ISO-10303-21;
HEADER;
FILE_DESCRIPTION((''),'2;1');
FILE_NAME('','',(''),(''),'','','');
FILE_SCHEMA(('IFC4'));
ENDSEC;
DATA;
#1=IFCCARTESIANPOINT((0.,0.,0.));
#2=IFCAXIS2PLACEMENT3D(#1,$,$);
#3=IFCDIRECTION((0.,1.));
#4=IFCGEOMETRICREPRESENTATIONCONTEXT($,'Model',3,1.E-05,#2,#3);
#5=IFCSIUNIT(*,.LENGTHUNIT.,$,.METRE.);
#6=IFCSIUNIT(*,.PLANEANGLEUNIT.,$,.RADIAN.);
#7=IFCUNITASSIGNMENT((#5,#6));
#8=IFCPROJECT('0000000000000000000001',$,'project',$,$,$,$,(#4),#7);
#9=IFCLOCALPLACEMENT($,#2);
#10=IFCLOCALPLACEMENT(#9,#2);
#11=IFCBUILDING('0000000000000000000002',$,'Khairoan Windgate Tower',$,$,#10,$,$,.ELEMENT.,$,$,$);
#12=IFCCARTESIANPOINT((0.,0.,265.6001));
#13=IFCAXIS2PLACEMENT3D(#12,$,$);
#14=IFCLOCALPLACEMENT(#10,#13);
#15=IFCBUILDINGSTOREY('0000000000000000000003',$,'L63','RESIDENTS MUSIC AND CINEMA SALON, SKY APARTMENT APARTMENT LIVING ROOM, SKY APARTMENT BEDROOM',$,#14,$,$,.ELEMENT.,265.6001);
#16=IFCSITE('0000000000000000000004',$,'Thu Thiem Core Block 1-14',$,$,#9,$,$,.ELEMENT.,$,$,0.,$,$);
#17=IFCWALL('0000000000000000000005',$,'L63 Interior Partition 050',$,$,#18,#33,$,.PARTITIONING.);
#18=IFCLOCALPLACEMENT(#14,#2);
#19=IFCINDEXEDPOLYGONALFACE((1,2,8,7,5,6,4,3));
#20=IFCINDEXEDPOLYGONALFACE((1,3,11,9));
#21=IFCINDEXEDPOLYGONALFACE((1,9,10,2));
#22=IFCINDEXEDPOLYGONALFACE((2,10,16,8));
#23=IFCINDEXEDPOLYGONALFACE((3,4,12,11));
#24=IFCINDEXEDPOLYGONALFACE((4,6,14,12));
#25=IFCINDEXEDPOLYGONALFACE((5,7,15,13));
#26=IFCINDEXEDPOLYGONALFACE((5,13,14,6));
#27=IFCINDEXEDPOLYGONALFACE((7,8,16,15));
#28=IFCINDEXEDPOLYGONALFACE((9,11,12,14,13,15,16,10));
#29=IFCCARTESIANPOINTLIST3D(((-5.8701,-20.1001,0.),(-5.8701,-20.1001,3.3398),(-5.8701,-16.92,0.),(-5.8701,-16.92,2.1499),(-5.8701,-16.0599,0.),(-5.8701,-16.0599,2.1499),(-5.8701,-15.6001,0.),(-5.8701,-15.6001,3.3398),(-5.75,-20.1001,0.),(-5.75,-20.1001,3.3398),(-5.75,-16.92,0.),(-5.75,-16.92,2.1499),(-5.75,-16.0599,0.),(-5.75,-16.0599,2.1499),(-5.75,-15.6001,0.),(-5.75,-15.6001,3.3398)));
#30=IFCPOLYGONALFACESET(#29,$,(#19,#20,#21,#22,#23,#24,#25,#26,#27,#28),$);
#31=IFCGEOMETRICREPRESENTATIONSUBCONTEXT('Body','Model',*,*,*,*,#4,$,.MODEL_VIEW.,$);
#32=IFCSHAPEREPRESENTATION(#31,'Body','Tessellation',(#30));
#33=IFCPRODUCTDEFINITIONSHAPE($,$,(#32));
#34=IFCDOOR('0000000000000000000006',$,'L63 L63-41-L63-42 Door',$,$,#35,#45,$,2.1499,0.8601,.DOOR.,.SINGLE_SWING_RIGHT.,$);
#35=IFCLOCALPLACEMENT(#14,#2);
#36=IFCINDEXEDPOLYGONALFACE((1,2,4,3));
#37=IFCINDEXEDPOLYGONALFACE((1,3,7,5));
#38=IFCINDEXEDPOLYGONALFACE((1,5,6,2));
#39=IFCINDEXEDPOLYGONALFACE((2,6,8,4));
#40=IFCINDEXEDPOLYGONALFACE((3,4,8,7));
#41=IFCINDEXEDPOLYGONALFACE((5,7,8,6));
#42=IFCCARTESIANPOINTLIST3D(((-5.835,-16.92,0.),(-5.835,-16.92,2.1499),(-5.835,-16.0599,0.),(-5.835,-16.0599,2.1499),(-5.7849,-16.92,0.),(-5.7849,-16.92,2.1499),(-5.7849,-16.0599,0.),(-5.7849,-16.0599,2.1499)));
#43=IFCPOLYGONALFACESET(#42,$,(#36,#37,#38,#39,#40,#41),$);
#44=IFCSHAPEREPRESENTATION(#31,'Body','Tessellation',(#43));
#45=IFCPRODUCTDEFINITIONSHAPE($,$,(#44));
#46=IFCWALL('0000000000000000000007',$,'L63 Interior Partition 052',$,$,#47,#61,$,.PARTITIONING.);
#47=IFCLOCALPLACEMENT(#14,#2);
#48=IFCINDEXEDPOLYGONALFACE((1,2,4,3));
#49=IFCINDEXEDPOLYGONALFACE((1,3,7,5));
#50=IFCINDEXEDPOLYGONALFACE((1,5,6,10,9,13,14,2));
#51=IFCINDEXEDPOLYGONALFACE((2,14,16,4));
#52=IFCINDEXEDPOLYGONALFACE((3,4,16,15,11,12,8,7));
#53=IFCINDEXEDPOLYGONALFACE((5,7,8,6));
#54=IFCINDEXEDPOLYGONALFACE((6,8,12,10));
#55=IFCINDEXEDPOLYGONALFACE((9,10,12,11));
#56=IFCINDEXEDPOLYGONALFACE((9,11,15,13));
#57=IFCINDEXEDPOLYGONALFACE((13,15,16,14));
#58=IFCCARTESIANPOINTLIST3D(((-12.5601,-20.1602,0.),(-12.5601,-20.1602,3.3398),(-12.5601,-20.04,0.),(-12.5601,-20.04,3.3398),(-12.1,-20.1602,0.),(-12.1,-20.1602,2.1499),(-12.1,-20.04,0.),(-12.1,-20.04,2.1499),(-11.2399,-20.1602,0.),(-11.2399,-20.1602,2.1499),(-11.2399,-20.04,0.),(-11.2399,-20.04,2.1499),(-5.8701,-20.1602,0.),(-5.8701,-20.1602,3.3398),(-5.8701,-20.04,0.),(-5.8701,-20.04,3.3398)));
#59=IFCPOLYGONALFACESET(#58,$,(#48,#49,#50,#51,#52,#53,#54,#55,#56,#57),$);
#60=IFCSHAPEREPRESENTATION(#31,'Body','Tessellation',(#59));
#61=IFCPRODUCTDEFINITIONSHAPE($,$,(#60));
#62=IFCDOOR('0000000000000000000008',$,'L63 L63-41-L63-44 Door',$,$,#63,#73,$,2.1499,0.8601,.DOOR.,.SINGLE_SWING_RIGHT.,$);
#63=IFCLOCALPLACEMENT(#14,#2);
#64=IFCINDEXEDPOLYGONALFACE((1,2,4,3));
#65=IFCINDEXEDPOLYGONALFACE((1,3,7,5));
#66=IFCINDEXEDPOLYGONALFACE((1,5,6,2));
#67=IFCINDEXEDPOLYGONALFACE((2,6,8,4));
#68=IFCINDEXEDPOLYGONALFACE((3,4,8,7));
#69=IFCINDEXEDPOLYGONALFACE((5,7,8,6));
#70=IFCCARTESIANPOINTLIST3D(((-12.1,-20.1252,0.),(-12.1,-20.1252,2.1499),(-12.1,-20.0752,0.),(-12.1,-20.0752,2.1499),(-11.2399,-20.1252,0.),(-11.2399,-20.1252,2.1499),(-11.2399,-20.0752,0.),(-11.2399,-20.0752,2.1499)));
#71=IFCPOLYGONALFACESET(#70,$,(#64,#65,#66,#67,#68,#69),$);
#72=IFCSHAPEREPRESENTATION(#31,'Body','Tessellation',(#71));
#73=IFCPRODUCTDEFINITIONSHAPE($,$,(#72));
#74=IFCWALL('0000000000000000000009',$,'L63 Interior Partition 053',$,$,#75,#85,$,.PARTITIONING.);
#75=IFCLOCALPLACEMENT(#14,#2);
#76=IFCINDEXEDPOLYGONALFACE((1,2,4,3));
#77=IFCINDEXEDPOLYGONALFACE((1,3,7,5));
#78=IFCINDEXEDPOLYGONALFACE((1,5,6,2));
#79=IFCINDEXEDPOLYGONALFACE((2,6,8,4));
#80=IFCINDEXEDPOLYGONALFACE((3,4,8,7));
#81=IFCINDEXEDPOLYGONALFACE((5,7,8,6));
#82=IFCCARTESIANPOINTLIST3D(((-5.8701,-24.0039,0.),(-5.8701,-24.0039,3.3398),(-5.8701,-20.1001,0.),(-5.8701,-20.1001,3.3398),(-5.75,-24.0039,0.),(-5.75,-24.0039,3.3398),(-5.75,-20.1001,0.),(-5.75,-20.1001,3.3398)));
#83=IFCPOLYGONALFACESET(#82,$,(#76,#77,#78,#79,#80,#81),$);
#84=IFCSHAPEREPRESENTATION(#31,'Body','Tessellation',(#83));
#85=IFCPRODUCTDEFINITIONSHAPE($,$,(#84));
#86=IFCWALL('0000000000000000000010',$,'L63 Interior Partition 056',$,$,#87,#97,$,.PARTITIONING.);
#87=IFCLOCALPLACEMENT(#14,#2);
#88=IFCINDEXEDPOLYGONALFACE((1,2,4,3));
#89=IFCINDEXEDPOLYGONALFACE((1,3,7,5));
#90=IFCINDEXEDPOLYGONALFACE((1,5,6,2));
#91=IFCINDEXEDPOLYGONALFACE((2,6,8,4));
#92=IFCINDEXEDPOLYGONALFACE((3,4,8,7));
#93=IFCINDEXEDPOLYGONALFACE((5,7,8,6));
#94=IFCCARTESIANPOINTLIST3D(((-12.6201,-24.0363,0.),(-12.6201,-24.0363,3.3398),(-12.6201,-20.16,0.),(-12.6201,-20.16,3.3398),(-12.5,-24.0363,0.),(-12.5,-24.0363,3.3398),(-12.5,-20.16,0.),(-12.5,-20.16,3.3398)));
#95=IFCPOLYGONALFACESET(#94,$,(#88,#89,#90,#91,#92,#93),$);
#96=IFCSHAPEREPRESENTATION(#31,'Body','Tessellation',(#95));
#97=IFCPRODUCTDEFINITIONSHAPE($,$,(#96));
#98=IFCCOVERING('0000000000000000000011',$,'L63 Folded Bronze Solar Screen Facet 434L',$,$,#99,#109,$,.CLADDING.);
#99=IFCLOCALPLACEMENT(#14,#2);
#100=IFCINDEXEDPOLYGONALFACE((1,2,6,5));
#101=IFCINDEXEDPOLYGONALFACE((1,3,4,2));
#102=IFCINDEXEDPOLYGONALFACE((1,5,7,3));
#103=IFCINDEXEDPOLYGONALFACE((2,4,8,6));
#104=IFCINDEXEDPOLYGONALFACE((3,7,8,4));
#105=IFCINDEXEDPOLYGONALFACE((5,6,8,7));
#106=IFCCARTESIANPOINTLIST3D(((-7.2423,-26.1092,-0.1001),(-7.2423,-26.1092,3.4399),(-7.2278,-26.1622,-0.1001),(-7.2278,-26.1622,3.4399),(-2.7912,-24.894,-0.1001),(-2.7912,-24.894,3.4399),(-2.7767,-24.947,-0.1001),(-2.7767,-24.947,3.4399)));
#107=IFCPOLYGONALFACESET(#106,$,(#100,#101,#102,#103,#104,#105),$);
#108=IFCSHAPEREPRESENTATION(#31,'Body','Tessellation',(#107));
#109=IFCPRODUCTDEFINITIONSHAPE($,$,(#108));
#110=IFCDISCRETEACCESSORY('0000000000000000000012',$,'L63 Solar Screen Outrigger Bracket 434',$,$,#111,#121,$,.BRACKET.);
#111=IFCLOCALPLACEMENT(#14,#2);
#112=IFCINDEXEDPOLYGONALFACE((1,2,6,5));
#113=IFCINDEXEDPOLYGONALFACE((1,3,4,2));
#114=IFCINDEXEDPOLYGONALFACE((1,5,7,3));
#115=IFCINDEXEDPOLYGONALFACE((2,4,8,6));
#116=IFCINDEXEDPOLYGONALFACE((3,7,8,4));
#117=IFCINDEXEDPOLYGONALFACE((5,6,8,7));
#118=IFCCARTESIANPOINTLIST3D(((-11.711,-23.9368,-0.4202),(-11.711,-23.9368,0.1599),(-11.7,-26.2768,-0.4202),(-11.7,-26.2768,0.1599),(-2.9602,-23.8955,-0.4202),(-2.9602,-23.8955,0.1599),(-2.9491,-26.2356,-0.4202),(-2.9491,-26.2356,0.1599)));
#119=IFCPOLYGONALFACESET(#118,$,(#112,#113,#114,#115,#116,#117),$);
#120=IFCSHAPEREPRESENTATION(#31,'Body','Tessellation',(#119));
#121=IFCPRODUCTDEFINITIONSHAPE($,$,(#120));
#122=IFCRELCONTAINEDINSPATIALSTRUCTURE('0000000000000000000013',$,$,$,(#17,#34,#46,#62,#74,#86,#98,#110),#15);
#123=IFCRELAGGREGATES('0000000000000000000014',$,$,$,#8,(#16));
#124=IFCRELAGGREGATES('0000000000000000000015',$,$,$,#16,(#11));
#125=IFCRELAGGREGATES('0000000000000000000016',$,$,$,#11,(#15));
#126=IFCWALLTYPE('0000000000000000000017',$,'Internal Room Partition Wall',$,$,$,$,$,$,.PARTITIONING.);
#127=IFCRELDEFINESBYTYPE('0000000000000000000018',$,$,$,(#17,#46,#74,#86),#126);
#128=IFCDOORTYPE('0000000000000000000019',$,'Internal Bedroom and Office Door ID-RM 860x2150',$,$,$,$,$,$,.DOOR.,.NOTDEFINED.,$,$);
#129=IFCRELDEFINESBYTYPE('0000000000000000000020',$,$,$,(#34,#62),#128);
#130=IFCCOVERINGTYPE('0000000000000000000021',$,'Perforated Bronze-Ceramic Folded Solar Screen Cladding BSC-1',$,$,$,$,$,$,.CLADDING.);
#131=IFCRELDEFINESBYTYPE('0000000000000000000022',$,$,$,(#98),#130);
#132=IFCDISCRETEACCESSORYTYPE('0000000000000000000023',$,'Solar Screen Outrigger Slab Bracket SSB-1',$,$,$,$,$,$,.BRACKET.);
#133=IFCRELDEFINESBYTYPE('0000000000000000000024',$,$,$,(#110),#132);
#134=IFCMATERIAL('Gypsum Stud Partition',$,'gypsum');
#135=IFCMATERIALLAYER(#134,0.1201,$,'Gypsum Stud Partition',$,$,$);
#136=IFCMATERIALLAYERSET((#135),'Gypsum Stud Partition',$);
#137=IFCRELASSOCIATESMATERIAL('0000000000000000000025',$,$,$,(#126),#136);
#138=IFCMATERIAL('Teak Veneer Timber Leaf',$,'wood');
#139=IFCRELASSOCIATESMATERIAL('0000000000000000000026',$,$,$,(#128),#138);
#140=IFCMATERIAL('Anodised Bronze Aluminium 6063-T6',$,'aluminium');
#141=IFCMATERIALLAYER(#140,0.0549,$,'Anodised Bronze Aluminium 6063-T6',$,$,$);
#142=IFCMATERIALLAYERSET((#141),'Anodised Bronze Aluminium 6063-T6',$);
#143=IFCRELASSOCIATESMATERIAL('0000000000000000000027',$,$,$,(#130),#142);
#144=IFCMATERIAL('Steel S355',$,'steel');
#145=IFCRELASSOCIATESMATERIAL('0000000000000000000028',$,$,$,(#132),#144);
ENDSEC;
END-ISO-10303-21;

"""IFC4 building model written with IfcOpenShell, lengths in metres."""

from ifc_helpers import new_model, si_unit, direction, frame, frame_2d, origin, origin_2d, place, context, subcontext, project, spatial, rectangle, extrude, material, layer, layer_set, type_object, element, fill, save


model = new_model("IFC4")

# Units and contexts
model_context = context("Model", 3, precision=1e-05, world=origin(), true_north=direction((0.0, 1.0)))
body_context = subcontext(model_context, "Body", "Model", "MODEL_VIEW")
ifc_project = project(units=[si_unit("LENGTHUNIT", "METRE"), si_unit("PLANEANGLEUNIT", "RADIAN")], contexts=[model_context])

# Site, building, storey
site_placement = place(None, origin())
site = spatial("IfcSite", under=ifc_project, at=site_placement, Name="Thu Thiem Core Block 1-14", CompositionType="ELEMENT", RefElevation=0.0)
building_placement = place(site_placement, origin())
building = spatial("IfcBuilding", under=site, at=building_placement, Name="Khairoan Windgate Tower", CompositionType="ELEMENT")
storey_placement = place(building_placement, frame((0.0, 0.0, 265.6001)))
storey = spatial("IfcBuildingStorey", under=building, at=storey_placement, Name="L63", Description="RESIDENTS MUSIC AND CINEMA SALON, SKY APARTMENT APARTMENT LIVING ROOM, SKY APARTMENT BEDROOM", CompositionType="ELEMENT", Elevation=265.6001)

# Walls, openings, doors
ifc_material_1 = material(Name="Gypsum Stud Partition", Category="gypsum")
ifc_layer_1 = layer(ifc_material_1, 0.1201, Name="Gypsum Stud Partition")
ifc_layer_set_1 = layer_set([ifc_layer_1], Name="Gypsum Stud Partition")
wall_type_1 = type_object("IfcWallType", Name="Internal Room Partition Wall", PredefinedType="PARTITIONING", material=ifc_layer_set_1)
wall_1_placement = place(storey_placement, frame((-5.8101, -20.1001, 0.0), z_axis=(0.0, 0.0, 1.0), x_axis=(0.0, 1.0, 0.0)))
wall_1 = element("IfcWall", 1, at=wall_1_placement, inside=storey, type_object=wall_type_1, Name="L63 Interior Partition 050", PredefinedType="PARTITIONING", context=body_context, shape_type="SweptSolid", body=[
    extrude(rectangle(XDim=4.5, YDim=0.1201, at=frame_2d((2.25, 0.0))), origin(), (0.0, 0.0, 1.0), 3.3398),
])
opening_1_placement = place(wall_1_placement, frame((3.1799, 0.0, 0.0)))
opening_1 = element("IfcOpeningElement", 2, at=opening_1_placement, cuts=wall_1, PredefinedType="OPENING", context=body_context, shape_type="SweptSolid", body=[
    extrude(rectangle(XDim=0.8601, YDim=2.1499, at=frame_2d((0.4302, 1.075))), frame((0.0, 0.0701, 0.0), z_axis=(0.0, -1.0, 0.0), x_axis=(1.0, 0.0, 0.0)), (0.0, 0.0, 1.0), 0.1401),
])
ifc_material_2 = material(Name="Teak Veneer Timber Leaf", Category="wood")
door_type = type_object("IfcDoorType", Name="Internal Bedroom and Office Door ID-RM 860x2150", OperationType="NOTDEFINED", PredefinedType="DOOR", material=ifc_material_2)
door_1_placement = place(opening_1_placement, origin())
door_1 = element("IfcDoor", 3, at=door_1_placement, inside=storey, type_object=door_type, Name="L63 L63-41-L63-42 Door", OperationType="SINGLE_SWING_RIGHT", OverallHeight=2.1499, OverallWidth=0.8601, PredefinedType="DOOR", context=body_context, shape_type="SweptSolid", body=[
    extrude(rectangle(XDim=0.8601, YDim=2.1499, at=frame_2d((0.4302, 1.075))), frame((0.0, 0.0249, 0.0), z_axis=(0.0, -1.0, 0.0), x_axis=(1.0, 0.0, 0.0)), (0.0, 0.0, 1.0), 0.05),
])
fill(opening_1, door_1)
wall_2_placement = place(storey_placement, frame((-12.5601, -20.1001, 0.0), z_axis=(0.0, 0.0, 1.0), x_axis=(1.0, 0.0, 0.0)))
wall_2 = element("IfcWall", 4, at=wall_2_placement, inside=storey, type_object=wall_type_1, Name="L63 Interior Partition 052", PredefinedType="PARTITIONING", context=body_context, shape_type="SweptSolid", body=[
    extrude(rectangle(XDim=6.6899, YDim=0.1201, at=frame_2d((3.345, 0.0))), origin(), (0.0, 0.0, 1.0), 3.3398),
])
opening_2_placement = place(wall_2_placement, frame((0.46, 0.0, 0.0)))
opening_2 = element("IfcOpeningElement", 5, at=opening_2_placement, cuts=wall_2, PredefinedType="OPENING", context=body_context, shape_type="SweptSolid", body=[
    extrude(rectangle(XDim=0.8601, YDim=2.1499, at=frame_2d((0.4302, 1.075))), frame((0.0, 0.0701, 0.0), z_axis=(0.0, -1.0, 0.0), x_axis=(1.0, 0.0, 0.0)), (0.0, 0.0, 1.0), 0.1401),
])
door_2_placement = place(opening_2_placement, origin())
door_2 = element("IfcDoor", 6, at=door_2_placement, inside=storey, type_object=door_type, Name="L63 L63-41-L63-44 Door", OperationType="SINGLE_SWING_RIGHT", OverallHeight=2.1499, OverallWidth=0.8601, PredefinedType="DOOR", context=body_context, shape_type="SweptSolid", body=[
    extrude(rectangle(XDim=0.8601, YDim=2.1499, at=frame_2d((0.4302, 1.075))), frame((0.0, 0.0249, 0.0), z_axis=(0.0, -1.0, 0.0), x_axis=(1.0, 0.0, 0.0)), (0.0, 0.0, 1.0), 0.05),
])
fill(opening_2, door_2)

# Walls
wall_3_placement = place(storey_placement, frame((-5.8101, -24.0039, 0.0), z_axis=(0.0, 0.0, 1.0), x_axis=(0.0, 1.0, 0.0)))
element("IfcWall", 7, at=wall_3_placement, inside=storey, type_object=wall_type_1, Name="L63 Interior Partition 053", PredefinedType="PARTITIONING", context=body_context, shape_type="SweptSolid", body=[
    extrude(rectangle(XDim=3.9038, YDim=0.1201, at=frame_2d((1.9519, 0.0))), origin(), (0.0, 0.0, 1.0), 3.3398),
])
wall_4_placement = place(storey_placement, frame((-12.5601, -24.0361, 0.0), z_axis=(0.0, 0.0, 1.0), x_axis=(0.0, 1.0, 0.0)))
element("IfcWall", 8, at=wall_4_placement, inside=storey, type_object=wall_type_1, Name="L63 Interior Partition 056", PredefinedType="PARTITIONING", context=body_context, shape_type="SweptSolid", body=[
    extrude(rectangle(XDim=3.8762, YDim=0.1201, at=frame_2d((1.938, 0.0))), origin(), (0.0, 0.0, 1.0), 3.3398),
])

# Covering
ifc_material_3 = material(Name="Anodised Bronze Aluminium 6063-T6", Category="aluminium")
ifc_layer_2 = layer(ifc_material_3, 0.0549, Name="Anodised Bronze Aluminium 6063-T6")
ifc_layer_set_2 = layer_set([ifc_layer_2], Name="Anodised Bronze Aluminium 6063-T6")
covering_type = type_object("IfcCoveringType", Name="Perforated Bronze-Ceramic Folded Solar Screen Cladding BSC-1", PredefinedType="CLADDING", material=ifc_layer_set_2)
covering_placement = place(storey_placement, frame((-5.0095, -25.5281, -0.1001), z_axis=(0.0, 0.0, 1.0), x_axis=(-0.964695, -0.263368, 0.0)))
element("IfcCovering", 9, at=covering_placement, inside=storey, type_object=covering_type, Name="L63 Folded Bronze Solar Screen Facet 434L", PredefinedType="CLADDING", context=body_context, shape_type="SweptSolid", body=[
    extrude(rectangle(XDim=4.614, YDim=0.0549, at=origin_2d()), origin(), (0.0, 0.0, 1.0), 3.54),
])

# Discrete accessory
ifc_material_4 = material(Name="Steel S355", Category="steel")
discrete_accessory_type = type_object("IfcDiscreteAccessoryType", Name="Solar Screen Outrigger Slab Bracket SSB-1", PredefinedType="BRACKET", material=ifc_material_4)
discrete_accessory_placement = place(storey_placement, frame((-7.3301, -25.0862, -0.4202), z_axis=(0.0, 0.0, 1.0), x_axis=(-0.999989, -0.004712, 0.0)))
element("IfcDiscreteAccessory", 10, at=discrete_accessory_placement, inside=storey, type_object=discrete_accessory_type, Name="L63 Solar Screen Outrigger Bracket 434", PredefinedType="BRACKET", context=body_context, shape_type="SweptSolid", body=[
    extrude(rectangle(XDim=8.751, YDim=2.3401, at=origin_2d()), origin(), (0.0, 0.0, 1.0), 0.5801),
])

save(model, "model.ifc")
